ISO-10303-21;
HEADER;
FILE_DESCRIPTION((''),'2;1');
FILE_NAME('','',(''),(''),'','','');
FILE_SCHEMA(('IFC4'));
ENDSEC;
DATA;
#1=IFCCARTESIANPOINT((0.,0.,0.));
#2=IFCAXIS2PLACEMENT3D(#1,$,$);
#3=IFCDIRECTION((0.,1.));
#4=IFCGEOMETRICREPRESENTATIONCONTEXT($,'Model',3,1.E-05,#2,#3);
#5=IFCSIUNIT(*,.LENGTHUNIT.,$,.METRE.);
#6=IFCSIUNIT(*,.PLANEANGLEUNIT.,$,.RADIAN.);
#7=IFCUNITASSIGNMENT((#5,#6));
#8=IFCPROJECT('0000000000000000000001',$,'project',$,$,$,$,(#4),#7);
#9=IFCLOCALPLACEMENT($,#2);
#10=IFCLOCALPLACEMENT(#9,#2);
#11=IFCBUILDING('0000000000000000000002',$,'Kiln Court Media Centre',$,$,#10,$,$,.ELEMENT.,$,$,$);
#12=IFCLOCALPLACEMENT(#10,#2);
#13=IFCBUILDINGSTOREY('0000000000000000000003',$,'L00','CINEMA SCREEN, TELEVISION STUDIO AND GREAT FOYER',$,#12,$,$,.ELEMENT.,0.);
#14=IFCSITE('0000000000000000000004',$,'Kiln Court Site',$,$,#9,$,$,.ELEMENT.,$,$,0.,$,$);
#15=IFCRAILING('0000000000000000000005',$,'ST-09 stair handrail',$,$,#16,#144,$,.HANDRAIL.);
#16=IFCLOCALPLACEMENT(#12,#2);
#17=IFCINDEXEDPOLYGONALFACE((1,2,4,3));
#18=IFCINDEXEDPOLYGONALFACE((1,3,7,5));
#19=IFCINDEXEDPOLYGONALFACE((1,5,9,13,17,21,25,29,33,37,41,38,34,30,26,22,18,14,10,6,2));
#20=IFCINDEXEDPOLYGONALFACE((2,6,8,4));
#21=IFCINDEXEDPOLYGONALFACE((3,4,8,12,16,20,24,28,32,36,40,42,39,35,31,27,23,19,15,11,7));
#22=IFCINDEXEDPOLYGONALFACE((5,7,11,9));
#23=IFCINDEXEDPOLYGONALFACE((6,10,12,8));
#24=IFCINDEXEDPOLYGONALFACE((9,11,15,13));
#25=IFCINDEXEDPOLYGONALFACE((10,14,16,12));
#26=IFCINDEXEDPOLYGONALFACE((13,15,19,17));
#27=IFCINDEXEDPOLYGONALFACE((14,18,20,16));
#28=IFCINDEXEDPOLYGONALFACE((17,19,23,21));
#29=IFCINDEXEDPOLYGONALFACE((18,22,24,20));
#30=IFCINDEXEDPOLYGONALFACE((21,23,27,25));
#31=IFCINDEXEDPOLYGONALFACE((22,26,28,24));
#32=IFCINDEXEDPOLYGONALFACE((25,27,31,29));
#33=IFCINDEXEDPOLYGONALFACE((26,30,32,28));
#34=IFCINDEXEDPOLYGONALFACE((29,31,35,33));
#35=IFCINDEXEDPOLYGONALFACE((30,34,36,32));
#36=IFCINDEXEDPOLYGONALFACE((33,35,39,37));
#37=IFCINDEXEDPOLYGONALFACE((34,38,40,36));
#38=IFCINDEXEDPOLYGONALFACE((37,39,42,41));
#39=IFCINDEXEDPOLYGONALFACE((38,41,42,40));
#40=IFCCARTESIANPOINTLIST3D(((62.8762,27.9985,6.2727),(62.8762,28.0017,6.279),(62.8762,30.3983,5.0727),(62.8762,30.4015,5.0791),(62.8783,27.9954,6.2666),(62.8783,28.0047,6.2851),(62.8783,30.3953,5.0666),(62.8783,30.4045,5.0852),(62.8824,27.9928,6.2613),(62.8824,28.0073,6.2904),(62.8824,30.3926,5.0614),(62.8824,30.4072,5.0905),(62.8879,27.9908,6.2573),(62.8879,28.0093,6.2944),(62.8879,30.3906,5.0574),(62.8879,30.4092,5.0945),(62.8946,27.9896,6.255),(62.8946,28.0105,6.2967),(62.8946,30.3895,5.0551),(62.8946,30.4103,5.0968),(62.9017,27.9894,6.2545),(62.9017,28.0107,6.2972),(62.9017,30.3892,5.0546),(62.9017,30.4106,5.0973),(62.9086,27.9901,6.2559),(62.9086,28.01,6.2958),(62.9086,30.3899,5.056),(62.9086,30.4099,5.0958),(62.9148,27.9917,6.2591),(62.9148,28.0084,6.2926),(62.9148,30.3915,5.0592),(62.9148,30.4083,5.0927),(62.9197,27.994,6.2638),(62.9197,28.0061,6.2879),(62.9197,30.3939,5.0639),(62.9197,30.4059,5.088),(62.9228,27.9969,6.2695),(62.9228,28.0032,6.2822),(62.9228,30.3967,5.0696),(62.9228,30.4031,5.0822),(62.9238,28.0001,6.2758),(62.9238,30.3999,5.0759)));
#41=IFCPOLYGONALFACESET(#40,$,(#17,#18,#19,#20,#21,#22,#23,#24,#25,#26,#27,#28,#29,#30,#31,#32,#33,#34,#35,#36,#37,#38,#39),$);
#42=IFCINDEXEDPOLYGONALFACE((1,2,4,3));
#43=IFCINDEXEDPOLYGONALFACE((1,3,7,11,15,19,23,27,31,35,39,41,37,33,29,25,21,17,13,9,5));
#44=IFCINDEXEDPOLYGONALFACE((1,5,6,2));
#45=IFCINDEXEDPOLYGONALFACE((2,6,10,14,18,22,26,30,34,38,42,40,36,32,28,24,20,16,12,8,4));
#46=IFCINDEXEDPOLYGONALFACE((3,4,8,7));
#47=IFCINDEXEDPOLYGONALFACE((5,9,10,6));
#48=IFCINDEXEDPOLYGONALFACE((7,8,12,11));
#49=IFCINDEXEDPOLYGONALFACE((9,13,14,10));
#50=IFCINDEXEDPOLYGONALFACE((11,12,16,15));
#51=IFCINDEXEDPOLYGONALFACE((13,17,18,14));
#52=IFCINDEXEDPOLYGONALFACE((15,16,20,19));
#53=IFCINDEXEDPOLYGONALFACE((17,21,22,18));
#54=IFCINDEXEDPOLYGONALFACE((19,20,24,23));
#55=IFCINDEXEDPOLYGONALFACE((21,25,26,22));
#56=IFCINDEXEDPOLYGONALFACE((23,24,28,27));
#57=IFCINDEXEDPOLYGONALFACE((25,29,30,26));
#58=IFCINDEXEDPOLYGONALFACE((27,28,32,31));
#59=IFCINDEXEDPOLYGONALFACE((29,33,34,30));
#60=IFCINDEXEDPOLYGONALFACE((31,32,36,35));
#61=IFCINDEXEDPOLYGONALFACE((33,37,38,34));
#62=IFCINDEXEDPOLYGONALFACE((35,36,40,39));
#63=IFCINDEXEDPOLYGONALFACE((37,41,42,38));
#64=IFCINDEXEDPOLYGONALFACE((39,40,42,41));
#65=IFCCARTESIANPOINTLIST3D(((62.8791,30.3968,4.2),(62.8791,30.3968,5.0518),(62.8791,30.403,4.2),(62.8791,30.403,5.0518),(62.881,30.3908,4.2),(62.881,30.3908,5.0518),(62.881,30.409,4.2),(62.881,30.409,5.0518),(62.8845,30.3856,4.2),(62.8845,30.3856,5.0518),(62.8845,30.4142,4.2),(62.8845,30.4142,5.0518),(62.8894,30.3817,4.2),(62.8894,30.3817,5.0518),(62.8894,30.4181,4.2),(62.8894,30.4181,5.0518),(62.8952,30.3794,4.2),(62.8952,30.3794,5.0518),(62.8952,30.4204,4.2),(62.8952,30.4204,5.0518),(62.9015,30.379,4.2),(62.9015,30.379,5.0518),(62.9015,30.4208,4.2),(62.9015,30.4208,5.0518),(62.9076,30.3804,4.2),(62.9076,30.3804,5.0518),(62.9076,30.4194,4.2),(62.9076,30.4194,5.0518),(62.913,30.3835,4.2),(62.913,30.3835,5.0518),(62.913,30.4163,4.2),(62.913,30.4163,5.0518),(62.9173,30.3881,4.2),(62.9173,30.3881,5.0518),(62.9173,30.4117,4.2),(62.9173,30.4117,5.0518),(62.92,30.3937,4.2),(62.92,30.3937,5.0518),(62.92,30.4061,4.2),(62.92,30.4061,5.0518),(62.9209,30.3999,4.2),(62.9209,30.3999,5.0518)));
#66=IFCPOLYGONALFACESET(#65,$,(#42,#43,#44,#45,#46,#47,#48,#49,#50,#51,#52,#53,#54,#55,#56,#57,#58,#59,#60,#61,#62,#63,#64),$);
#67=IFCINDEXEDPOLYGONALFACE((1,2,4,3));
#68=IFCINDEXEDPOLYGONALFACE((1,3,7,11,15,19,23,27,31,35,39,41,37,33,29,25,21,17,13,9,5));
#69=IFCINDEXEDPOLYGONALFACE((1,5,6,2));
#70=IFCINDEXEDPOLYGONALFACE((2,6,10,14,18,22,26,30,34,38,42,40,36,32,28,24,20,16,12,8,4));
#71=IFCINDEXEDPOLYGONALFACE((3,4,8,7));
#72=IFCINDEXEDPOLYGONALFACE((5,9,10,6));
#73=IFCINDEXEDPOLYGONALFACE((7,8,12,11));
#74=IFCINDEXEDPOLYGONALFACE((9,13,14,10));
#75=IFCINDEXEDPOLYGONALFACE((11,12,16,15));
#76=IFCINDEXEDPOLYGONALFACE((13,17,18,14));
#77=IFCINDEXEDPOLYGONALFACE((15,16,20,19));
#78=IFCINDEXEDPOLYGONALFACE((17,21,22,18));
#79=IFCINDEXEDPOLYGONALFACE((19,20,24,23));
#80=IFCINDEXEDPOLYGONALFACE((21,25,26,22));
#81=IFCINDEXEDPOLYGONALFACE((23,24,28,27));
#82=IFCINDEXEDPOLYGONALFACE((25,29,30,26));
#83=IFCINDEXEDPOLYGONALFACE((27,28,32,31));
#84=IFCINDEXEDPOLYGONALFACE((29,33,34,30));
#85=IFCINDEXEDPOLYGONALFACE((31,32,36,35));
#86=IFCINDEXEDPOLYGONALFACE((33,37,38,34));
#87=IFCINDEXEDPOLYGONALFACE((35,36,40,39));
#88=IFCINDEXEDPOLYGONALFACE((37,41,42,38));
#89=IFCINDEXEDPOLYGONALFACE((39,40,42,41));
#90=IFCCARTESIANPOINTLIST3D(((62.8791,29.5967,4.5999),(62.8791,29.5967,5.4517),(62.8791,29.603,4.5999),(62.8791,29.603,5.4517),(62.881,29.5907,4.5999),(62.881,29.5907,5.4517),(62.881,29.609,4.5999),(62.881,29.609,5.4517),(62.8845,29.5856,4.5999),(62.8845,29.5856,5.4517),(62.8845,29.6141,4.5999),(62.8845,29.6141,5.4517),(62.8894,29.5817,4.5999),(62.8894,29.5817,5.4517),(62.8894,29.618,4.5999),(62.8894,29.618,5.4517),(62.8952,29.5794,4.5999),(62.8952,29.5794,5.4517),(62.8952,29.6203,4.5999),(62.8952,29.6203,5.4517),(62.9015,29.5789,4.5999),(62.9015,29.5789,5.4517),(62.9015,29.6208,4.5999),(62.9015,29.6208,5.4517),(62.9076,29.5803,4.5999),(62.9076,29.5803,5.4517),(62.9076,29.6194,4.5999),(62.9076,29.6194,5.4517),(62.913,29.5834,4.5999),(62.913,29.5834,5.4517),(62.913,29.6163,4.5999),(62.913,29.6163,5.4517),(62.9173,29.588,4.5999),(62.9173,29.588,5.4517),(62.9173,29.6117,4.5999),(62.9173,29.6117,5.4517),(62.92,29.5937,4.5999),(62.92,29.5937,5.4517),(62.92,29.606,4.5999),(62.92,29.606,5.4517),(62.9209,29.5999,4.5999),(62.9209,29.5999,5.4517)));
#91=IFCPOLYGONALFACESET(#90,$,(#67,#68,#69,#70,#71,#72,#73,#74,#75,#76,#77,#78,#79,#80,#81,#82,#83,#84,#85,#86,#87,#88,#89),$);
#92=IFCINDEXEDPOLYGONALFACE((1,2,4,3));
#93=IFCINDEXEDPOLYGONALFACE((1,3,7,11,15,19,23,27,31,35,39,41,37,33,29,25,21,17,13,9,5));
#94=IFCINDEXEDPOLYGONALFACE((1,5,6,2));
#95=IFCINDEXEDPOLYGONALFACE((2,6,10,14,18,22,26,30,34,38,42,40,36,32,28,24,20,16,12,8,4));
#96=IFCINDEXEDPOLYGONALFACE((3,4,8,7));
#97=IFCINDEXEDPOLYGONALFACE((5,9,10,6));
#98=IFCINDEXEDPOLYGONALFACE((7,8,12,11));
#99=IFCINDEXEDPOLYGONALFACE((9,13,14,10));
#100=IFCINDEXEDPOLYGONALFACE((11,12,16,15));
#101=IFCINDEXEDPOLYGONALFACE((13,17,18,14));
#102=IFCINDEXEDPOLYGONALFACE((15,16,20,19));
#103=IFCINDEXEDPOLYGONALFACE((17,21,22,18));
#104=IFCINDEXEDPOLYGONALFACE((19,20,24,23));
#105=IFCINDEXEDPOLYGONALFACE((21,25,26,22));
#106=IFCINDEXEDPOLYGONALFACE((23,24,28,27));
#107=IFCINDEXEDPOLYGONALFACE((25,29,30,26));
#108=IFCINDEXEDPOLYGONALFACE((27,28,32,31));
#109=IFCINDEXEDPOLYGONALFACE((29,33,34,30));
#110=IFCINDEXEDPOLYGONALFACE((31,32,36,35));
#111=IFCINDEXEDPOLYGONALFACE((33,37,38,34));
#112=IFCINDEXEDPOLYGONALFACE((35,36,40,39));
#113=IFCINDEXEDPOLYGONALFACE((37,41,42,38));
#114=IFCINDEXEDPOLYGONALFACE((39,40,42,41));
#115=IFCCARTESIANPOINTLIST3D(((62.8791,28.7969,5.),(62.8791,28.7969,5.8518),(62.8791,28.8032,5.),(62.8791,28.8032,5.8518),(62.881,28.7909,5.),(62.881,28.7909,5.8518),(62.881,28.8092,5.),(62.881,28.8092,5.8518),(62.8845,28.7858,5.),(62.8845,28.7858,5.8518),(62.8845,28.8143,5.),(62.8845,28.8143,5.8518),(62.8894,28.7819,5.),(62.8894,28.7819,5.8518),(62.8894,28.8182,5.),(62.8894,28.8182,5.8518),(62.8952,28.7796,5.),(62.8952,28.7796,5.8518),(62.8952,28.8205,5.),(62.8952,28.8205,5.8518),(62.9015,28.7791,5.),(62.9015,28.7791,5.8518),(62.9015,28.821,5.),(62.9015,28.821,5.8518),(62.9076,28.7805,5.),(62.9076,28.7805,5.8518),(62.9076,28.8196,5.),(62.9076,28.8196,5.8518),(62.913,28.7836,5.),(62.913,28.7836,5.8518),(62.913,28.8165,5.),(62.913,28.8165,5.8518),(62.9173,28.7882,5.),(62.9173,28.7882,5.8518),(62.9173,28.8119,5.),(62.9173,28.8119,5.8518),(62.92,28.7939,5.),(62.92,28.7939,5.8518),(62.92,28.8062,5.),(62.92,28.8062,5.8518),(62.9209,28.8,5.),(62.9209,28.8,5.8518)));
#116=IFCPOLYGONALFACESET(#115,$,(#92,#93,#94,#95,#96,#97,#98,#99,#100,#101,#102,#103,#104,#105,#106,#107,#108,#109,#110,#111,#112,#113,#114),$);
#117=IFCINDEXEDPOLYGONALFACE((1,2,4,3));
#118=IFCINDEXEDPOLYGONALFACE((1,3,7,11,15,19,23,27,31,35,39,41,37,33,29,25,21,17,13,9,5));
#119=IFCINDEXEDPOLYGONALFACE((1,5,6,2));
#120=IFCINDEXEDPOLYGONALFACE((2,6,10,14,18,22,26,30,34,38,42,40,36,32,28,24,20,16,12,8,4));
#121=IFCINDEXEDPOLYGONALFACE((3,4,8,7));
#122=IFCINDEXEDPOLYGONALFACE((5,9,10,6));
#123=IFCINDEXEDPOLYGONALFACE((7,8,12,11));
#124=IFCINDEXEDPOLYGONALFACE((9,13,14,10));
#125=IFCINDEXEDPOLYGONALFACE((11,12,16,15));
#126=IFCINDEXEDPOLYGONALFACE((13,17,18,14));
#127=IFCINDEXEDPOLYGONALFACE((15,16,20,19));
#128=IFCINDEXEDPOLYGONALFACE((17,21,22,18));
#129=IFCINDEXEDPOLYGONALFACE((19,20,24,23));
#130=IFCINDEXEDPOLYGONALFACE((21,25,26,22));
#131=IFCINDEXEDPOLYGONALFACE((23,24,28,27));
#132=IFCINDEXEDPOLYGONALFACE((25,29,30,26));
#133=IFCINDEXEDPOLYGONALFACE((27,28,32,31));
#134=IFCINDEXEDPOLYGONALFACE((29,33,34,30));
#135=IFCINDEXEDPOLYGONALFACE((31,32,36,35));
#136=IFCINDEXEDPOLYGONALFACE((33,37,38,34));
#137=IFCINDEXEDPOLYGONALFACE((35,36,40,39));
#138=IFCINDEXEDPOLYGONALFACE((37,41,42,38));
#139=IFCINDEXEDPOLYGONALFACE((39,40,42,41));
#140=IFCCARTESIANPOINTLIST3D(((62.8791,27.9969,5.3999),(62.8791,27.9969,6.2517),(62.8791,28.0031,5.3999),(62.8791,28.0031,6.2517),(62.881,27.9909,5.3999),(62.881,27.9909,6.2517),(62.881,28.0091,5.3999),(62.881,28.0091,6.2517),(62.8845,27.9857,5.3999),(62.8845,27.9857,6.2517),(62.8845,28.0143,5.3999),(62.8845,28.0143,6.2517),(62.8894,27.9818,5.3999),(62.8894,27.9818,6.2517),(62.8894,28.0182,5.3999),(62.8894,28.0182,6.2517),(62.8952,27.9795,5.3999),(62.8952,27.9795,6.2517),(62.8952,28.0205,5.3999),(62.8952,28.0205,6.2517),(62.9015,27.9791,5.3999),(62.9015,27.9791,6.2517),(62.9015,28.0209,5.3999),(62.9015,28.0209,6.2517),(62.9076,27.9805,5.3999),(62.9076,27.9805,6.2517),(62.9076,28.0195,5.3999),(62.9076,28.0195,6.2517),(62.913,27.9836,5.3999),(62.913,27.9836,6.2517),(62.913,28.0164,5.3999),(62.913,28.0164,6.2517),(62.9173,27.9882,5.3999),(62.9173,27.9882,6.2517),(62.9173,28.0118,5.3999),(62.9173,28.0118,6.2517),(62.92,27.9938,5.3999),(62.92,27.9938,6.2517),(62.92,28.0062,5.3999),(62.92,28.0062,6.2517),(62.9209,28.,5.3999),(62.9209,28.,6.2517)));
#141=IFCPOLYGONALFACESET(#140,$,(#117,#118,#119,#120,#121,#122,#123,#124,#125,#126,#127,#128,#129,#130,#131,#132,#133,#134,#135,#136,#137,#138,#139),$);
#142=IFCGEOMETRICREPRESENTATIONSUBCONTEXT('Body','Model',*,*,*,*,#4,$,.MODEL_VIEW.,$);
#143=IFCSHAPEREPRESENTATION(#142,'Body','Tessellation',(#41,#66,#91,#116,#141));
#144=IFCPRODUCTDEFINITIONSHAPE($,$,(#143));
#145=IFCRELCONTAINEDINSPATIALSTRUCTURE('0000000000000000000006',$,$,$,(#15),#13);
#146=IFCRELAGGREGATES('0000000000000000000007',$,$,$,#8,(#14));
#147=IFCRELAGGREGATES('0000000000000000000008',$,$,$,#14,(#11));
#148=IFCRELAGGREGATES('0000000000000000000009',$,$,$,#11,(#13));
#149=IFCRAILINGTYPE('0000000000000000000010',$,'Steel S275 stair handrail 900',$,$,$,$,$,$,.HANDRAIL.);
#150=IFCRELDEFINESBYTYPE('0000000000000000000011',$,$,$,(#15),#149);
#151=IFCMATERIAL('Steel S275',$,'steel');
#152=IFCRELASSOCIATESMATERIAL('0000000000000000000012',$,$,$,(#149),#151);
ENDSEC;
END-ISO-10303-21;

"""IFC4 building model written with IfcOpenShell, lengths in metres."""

from ifc_helpers import new_model, si_unit, direction, frame, origin, origin_2d, place, context, subcontext, project, spatial, circle, extrude, material, type_object, element, save


model = new_model("IFC4")

# Units and contexts
model_context = context("Model", 3, precision=1e-05, world=origin(), true_north=direction((0.0, 1.0)))
body_context = subcontext(model_context, "Body", "Model", "MODEL_VIEW")
ifc_project = project(units=[si_unit("LENGTHUNIT", "METRE"), si_unit("PLANEANGLEUNIT", "RADIAN")], contexts=[model_context])

# Site, building, storey
site_placement = place(None, origin())
site = spatial("IfcSite", under=ifc_project, at=site_placement, Name="Kiln Court Site", CompositionType="ELEMENT", RefElevation=0.0)
building_placement = place(site_placement, origin())
building = spatial("IfcBuilding", under=site, at=building_placement, Name="Kiln Court Media Centre", CompositionType="ELEMENT")
storey_placement = place(building_placement, origin())
storey = spatial("IfcBuildingStorey", under=building, at=storey_placement, Name="L00", Description="CINEMA SCREEN, TELEVISION STUDIO AND GREAT FOYER", CompositionType="ELEMENT", Elevation=0.0)

# Railing
ifc_material_1 = material(Name="Steel S275", Category="steel")
railing_type_1 = type_object("IfcRailingType", Name="Steel S275 stair handrail 900", PredefinedType="HANDRAIL", material=ifc_material_1)
railing_1_placement = place(storey_placement, frame((62.8999, 30.3999, 4.2)))
element("IfcRailing", 1, at=railing_1_placement, inside=storey, type_object=railing_type_1, Name="ST-09 stair handrail", PredefinedType="HANDRAIL", context=body_context, shape_type="SweptSolid", body=[
    extrude(circle(Radius=0.0239, at=origin_2d()), frame((0.0, 0.0, 0.876), z_axis=(0.0, -0.894427, 0.447214), x_axis=(1.0, 0.0, 0.0)), (0.0, 0.0, 1.0), 2.6831),
    extrude(circle(Radius=0.021, at=origin_2d()), origin(), (0.0, 0.0, 1.0), 0.8518),
    extrude(circle(Radius=0.021, at=origin_2d()), frame((0.0, -0.8, 0.3999)), (0.0, 0.0, 1.0), 0.8518),
    extrude(circle(Radius=0.021, at=origin_2d()), frame((0.0, -1.5999, 0.8)), (0.0, 0.0, 1.0), 0.8518),
    extrude(circle(Radius=0.021, at=origin_2d()), frame((0.0, -2.3999, 1.2)), (0.0, 0.0, 1.0), 0.8518),
])

save(model, "model.ifc")
